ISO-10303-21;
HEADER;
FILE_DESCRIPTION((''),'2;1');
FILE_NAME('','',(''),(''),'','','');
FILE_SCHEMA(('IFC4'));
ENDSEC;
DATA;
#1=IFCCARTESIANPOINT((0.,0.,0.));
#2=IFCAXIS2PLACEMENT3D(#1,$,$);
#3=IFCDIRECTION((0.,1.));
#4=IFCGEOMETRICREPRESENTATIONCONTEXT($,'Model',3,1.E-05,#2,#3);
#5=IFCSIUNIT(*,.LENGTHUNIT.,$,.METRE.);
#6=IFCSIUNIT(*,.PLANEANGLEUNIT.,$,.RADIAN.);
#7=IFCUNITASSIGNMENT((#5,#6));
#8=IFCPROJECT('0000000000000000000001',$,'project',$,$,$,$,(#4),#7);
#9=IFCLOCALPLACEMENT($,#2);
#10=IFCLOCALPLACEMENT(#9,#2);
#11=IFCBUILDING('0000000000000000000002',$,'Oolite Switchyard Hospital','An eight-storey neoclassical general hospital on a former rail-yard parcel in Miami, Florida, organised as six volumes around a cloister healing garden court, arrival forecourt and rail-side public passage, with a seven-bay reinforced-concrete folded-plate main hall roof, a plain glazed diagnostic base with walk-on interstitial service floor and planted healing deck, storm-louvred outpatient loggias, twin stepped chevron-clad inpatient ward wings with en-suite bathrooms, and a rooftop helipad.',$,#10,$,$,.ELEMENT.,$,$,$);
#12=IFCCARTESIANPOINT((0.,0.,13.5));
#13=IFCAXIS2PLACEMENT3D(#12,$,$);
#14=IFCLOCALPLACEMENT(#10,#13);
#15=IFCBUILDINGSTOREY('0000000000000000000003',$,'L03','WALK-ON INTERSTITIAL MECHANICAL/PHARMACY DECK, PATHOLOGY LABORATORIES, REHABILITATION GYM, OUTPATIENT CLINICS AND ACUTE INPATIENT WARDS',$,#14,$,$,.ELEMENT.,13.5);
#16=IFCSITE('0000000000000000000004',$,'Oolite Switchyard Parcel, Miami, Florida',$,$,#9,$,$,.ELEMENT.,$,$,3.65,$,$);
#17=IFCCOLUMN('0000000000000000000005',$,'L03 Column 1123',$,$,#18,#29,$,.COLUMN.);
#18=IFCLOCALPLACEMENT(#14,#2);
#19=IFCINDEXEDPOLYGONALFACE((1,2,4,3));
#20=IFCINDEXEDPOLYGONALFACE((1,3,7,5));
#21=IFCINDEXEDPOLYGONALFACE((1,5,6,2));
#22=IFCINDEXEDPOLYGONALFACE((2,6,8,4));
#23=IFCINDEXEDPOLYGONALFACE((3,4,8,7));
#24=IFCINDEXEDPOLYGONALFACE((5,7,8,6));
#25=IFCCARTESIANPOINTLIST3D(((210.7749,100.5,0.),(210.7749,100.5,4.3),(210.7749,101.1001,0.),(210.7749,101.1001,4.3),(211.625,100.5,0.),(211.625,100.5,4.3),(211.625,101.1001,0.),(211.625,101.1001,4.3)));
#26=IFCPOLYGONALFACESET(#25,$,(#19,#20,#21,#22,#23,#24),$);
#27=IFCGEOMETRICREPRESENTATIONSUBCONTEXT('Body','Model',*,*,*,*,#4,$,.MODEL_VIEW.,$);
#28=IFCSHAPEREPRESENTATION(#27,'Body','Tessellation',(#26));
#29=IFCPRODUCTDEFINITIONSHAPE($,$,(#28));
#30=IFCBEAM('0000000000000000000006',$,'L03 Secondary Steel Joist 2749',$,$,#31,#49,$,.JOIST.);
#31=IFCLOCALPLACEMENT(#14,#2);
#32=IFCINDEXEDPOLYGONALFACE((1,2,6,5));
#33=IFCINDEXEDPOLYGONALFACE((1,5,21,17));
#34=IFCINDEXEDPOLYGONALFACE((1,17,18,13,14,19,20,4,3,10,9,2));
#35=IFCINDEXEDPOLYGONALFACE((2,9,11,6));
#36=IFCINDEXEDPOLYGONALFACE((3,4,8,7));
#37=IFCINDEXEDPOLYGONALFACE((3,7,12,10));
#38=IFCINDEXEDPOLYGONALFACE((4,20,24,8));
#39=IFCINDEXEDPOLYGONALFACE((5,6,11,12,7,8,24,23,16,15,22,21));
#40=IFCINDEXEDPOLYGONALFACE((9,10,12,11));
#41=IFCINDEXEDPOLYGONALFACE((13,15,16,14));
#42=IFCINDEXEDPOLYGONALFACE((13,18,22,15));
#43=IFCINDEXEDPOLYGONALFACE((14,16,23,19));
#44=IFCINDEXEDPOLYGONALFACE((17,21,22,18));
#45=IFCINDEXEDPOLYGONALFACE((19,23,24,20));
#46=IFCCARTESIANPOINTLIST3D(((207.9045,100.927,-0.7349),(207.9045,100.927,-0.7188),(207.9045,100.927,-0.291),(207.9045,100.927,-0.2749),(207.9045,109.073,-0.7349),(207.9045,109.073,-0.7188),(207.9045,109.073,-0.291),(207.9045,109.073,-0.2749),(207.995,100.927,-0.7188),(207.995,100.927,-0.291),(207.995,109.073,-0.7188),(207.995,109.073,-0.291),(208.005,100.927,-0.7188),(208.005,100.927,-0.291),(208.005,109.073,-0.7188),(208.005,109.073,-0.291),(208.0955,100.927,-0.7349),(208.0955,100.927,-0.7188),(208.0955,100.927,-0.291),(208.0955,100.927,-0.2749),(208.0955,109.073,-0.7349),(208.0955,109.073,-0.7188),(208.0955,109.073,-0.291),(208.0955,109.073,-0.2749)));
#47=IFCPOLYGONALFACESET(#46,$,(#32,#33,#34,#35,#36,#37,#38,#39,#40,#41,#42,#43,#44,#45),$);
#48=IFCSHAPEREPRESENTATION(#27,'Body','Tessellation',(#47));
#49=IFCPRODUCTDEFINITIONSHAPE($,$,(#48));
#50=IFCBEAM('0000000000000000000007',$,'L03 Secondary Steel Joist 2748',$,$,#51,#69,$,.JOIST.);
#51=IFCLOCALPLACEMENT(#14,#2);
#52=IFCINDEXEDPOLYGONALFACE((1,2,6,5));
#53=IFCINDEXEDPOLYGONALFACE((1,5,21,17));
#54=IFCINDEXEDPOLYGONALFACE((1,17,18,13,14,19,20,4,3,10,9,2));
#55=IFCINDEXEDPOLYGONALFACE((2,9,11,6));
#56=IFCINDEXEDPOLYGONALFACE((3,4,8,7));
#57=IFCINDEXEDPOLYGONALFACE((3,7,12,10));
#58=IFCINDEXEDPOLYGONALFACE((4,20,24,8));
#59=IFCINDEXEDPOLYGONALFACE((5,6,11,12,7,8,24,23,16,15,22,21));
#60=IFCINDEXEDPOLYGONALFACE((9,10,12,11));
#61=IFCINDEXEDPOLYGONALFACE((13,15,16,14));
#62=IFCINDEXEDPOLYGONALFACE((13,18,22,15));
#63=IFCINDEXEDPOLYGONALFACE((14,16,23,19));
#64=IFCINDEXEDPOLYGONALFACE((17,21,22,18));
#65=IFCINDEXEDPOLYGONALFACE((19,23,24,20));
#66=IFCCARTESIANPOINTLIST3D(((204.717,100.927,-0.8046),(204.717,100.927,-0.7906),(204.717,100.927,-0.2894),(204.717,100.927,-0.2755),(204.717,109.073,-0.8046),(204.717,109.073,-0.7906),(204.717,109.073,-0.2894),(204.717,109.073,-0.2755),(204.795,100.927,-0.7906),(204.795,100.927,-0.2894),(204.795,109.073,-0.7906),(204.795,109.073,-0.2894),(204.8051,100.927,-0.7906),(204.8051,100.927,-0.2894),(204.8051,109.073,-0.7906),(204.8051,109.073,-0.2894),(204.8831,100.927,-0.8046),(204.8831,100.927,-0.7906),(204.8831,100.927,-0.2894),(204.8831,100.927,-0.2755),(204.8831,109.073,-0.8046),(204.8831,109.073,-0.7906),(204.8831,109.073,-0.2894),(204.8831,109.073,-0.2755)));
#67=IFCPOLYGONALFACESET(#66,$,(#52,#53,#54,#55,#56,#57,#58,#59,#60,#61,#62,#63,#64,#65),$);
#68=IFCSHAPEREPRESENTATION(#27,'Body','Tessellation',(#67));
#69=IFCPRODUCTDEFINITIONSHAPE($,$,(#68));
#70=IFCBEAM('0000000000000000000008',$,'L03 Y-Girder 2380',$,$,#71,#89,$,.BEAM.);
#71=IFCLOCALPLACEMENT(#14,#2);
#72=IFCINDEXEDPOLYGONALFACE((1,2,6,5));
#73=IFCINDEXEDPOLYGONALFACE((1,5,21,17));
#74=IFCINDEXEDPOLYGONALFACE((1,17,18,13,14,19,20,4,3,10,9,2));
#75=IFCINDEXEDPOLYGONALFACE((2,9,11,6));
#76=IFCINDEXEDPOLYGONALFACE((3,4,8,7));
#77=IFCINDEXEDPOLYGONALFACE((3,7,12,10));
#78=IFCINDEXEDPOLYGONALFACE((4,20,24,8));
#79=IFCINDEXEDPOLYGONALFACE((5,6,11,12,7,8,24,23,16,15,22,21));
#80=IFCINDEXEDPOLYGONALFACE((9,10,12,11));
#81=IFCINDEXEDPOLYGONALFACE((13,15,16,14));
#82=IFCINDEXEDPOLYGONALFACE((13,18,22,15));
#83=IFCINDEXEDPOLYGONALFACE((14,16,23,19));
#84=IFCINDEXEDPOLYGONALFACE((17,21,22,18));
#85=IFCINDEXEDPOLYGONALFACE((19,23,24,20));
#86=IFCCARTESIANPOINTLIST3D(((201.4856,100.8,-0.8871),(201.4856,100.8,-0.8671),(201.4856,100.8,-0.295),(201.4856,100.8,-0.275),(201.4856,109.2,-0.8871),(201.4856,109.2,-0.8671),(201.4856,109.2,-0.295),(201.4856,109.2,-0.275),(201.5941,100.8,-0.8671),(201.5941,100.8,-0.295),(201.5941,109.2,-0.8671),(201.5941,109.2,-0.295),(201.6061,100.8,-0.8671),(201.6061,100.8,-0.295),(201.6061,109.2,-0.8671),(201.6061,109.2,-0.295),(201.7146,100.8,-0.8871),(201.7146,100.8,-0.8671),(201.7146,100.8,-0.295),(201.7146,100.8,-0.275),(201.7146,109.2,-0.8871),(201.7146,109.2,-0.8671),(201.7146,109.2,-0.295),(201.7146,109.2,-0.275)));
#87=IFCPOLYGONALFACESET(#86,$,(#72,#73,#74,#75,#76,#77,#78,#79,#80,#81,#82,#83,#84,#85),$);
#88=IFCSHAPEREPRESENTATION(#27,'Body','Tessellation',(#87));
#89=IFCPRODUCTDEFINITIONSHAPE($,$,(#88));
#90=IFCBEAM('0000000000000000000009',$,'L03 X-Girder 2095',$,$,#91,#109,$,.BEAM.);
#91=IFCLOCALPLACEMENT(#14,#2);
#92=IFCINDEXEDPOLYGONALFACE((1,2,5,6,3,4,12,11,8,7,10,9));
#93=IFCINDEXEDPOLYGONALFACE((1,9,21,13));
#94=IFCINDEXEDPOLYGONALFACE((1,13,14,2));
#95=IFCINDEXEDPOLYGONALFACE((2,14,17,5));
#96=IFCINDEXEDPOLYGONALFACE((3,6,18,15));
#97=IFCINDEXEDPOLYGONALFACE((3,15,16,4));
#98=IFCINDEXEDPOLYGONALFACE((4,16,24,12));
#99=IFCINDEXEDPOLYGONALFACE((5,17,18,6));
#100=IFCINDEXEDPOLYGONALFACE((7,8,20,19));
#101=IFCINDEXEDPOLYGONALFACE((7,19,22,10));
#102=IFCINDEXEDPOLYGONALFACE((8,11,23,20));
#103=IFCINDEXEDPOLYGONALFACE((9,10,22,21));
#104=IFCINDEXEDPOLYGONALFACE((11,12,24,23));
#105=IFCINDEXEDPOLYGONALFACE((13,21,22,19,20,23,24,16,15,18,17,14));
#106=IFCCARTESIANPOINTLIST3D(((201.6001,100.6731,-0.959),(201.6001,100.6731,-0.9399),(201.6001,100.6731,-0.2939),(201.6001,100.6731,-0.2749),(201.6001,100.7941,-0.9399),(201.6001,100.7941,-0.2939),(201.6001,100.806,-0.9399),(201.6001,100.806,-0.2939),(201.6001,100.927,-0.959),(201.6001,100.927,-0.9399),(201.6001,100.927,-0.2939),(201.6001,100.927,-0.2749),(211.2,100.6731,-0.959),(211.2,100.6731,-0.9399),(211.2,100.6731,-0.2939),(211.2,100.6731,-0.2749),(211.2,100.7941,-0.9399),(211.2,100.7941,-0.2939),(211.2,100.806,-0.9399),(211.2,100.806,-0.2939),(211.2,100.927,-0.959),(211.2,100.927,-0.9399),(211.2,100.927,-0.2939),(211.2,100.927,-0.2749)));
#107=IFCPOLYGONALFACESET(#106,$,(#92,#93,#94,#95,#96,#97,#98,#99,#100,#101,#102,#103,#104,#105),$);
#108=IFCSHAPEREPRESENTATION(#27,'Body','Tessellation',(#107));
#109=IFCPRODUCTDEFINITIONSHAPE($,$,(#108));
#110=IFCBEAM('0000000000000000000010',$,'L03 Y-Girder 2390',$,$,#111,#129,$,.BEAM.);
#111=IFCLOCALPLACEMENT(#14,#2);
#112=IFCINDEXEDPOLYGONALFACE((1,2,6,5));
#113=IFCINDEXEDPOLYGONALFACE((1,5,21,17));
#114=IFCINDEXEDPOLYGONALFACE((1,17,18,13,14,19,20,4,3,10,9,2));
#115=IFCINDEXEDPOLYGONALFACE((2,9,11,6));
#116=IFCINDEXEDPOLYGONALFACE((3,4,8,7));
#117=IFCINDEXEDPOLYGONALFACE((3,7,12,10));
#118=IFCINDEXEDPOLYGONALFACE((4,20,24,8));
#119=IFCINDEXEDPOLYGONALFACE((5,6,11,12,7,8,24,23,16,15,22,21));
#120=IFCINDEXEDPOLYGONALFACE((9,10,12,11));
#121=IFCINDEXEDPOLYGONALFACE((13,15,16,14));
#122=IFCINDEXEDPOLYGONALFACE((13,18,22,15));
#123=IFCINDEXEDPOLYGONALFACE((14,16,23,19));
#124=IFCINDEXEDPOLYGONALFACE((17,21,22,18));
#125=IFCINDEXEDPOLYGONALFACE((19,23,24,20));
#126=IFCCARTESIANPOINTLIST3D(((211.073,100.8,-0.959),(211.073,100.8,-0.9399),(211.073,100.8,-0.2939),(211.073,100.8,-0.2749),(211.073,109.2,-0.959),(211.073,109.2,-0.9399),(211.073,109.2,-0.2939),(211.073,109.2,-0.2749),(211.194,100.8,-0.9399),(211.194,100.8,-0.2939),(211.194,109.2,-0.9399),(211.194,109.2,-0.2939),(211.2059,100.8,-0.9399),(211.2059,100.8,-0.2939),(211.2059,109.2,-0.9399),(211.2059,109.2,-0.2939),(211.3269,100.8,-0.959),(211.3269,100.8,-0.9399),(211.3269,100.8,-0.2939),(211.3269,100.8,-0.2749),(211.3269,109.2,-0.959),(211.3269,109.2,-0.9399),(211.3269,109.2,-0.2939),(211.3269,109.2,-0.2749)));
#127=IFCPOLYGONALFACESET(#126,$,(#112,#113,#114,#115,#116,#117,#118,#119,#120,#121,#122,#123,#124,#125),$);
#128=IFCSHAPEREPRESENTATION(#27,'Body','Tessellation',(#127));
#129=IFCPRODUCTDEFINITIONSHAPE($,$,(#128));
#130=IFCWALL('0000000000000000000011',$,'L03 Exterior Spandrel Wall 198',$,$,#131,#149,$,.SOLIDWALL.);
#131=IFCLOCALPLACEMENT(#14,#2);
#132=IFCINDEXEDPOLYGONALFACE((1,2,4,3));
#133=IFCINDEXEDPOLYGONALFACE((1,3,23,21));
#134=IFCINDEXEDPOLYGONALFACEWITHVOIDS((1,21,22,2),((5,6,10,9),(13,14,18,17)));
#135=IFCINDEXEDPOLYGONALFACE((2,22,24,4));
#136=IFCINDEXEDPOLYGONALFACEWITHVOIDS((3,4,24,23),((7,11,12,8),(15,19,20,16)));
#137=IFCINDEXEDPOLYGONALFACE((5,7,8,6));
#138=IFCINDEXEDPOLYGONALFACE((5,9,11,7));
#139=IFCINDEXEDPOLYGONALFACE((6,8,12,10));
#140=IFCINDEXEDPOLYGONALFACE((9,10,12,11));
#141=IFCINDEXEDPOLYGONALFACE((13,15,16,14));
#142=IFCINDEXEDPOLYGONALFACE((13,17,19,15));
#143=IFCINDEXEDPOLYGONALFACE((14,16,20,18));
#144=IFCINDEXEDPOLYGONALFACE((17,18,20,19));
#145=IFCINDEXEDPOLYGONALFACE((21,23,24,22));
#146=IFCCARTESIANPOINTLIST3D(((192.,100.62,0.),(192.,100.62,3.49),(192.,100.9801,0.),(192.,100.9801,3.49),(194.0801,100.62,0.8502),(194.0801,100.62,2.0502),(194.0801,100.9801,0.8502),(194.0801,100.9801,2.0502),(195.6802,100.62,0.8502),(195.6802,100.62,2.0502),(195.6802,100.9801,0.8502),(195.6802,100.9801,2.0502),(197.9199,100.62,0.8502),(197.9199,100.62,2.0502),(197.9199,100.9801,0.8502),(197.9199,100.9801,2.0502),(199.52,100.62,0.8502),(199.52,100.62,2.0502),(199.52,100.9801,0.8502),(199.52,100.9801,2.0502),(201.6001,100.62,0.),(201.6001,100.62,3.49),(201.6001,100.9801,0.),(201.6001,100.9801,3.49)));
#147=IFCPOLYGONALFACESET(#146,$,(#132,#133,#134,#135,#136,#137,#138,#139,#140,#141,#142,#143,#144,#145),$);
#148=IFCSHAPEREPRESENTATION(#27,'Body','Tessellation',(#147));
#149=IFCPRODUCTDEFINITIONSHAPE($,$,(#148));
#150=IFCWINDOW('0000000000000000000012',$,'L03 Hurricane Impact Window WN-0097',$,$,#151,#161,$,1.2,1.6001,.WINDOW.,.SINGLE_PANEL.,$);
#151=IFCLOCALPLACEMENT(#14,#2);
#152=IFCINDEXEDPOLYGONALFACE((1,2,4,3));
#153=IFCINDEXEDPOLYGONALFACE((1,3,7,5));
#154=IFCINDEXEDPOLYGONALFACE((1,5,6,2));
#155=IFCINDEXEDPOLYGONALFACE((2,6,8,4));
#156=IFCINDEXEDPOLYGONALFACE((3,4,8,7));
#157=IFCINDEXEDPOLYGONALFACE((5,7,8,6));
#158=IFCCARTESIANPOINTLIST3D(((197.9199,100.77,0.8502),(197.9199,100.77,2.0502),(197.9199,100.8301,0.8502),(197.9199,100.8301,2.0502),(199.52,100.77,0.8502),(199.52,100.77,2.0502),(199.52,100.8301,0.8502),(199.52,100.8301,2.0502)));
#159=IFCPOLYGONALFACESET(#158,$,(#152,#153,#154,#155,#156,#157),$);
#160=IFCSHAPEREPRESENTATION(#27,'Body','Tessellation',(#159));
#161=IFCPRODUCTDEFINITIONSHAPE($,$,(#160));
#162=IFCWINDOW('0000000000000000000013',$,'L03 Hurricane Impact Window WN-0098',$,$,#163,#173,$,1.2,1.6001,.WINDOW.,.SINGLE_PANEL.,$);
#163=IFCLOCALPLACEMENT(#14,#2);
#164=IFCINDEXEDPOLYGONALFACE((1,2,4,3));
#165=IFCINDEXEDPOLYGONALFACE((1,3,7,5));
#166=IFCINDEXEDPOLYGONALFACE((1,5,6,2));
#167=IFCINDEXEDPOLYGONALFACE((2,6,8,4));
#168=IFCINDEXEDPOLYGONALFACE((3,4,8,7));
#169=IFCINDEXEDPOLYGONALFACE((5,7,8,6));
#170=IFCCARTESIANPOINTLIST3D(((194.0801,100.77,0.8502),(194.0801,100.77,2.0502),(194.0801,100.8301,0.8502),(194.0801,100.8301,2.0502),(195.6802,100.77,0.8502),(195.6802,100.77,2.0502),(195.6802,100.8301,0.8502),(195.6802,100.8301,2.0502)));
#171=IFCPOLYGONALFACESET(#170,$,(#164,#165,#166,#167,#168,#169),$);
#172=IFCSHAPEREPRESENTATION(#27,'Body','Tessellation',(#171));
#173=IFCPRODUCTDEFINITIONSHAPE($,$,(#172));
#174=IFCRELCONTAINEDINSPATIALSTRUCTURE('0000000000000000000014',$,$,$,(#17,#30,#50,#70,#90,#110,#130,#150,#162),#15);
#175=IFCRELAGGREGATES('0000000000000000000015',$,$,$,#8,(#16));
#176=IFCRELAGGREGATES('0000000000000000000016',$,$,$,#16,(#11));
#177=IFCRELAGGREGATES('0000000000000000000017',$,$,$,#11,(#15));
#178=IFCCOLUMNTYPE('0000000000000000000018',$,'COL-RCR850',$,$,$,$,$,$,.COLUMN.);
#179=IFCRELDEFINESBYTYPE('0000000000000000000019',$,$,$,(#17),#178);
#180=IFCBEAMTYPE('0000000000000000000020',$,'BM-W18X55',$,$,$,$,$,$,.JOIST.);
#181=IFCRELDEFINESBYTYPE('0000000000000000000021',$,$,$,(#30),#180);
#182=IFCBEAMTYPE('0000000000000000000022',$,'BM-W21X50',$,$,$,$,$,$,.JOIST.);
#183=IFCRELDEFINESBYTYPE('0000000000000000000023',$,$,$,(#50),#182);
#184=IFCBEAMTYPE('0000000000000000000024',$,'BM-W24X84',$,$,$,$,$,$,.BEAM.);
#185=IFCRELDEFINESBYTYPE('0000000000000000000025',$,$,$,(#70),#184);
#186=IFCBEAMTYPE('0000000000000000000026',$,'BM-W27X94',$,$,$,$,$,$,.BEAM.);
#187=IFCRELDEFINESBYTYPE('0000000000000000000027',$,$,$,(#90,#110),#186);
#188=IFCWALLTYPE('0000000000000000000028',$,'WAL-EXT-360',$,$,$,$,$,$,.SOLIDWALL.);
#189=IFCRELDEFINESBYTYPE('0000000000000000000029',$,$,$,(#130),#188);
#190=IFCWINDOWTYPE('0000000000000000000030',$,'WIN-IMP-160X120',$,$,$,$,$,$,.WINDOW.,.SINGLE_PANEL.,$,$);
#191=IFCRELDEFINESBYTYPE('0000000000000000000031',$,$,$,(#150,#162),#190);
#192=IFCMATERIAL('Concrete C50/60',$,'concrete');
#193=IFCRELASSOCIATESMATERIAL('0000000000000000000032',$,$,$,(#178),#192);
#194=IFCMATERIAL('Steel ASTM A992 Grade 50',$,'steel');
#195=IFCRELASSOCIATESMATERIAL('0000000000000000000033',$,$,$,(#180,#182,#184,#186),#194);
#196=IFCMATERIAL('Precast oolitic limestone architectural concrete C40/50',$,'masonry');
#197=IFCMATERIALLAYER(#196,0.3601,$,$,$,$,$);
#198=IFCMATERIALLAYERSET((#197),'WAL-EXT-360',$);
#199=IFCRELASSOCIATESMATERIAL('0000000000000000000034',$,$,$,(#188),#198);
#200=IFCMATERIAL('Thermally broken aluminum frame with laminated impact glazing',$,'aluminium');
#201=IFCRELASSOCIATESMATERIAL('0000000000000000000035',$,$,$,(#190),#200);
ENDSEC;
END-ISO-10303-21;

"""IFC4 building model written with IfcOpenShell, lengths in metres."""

from ifc_helpers import new_model, si_unit, direction, frame, frame_2d, origin, origin_2d, place, context, subcontext, project, spatial, rectangle, i_section, extrude, material, layer, layer_set, material_profile, profile_set, type_object, element, fill, save


model = new_model("IFC4")

# Units and contexts
model_context = context("Model", 3, precision=1e-05, world=origin(), true_north=direction((0.0, 1.0)))
body_context = subcontext(model_context, "Body", "Model", "MODEL_VIEW")
ifc_project = project(units=[si_unit("LENGTHUNIT", "METRE"), si_unit("PLANEANGLEUNIT", "RADIAN")], contexts=[model_context])

# Site, building, storey
site_placement = place(None, origin())
site = spatial("IfcSite", under=ifc_project, at=site_placement, Name="Oolite Switchyard Parcel, Miami, Florida", CompositionType="ELEMENT", RefElevation=3.65)
building_placement = place(site_placement, origin())
building = spatial("IfcBuilding", under=site, at=building_placement, Name="Oolite Switchyard Hospital", Description="An eight-storey neoclassical general hospital on a former rail-yard parcel in Miami, Florida, organised as six volumes around a cloister healing garden court, arrival forecourt and rail-side public passage, with a seven-bay reinforced-concrete folded-plate main hall roof, a plain glazed diagnostic base with walk-on interstitial service floor and planted healing deck, storm-louvred outpatient loggias, twin stepped chevron-clad inpatient ward wings with en-suite bathrooms, and a rooftop helipad.", CompositionType="ELEMENT")
storey_placement = place(building_placement, frame((0.0, 0.0, 13.5)))
storey = spatial("IfcBuildingStorey", under=building, at=storey_placement, Name="L03", Description="WALK-ON INTERSTITIAL MECHANICAL/PHARMACY DECK, PATHOLOGY LABORATORIES, REHABILITATION GYM, OUTPATIENT CLINICS AND ACUTE INPATIENT WARDS", CompositionType="ELEMENT", Elevation=13.5)

# Column
ifc_material_1 = material(Name="Concrete C50/60", Category="concrete")
ifc_material_profile_1 = material_profile(ifc_material_1, rectangle(XDim=0.8501, YDim=0.6001, at=origin_2d()), Name="RC850X600")
ifc_profile_set_1 = profile_set([ifc_material_profile_1], Name="Concrete C50/60")
column_type = type_object("IfcColumnType", Name="COL-RCR850", PredefinedType="COLUMN", material=ifc_profile_set_1)
column_placement = place(storey_placement, frame((211.2, 100.8, 0.0), z_axis=(0.0, 0.0, 1.0), x_axis=(1.0, 0.0, 0.0)))
element("IfcColumn", 1, at=column_placement, inside=storey, type_object=column_type, Name="L03 Column 1123", PredefinedType="COLUMN", context=body_context, shape_type="SweptSolid", body=[
    extrude(rectangle(XDim=0.8501, YDim=0.6001, at=origin_2d()), origin(), (0.0, 0.0, 1.0), 4.3),
])

# Beams
ifc_material_2 = material(Name="Steel ASTM A992 Grade 50", Category="steel")
ifc_material_profile_2 = material_profile(ifc_material_2, i_section(OverallWidth=0.1909, OverallDepth=0.46, WebThickness=0.01, FlangeThickness=0.0161, at=origin_2d()), Name="W18X55")
ifc_profile_set_2 = profile_set([ifc_material_profile_2], Name="Steel ASTM A992 Grade 50")
beam_type_1 = type_object("IfcBeamType", Name="BM-W18X55", PredefinedType="JOIST", material=ifc_profile_set_2)
beam_1_placement = place(storey_placement, frame((208.0, 100.927, -0.5049), z_axis=(0.0, 1.0, 0.0), x_axis=(-1.0, 0.0, 0.0)))
element("IfcBeam", 2, at=beam_1_placement, inside=storey, type_object=beam_type_1, Name="L03 Secondary Steel Joist 2749", PredefinedType="JOIST", context=body_context, shape_type="SweptSolid", body=[
    extrude(i_section(OverallWidth=0.1909, OverallDepth=0.46, WebThickness=0.01, FlangeThickness=0.0161, at=origin_2d()), origin(), (0.0, 0.0, 1.0), 8.146),
])
ifc_material_profile_3 = material_profile(ifc_material_2, i_section(OverallWidth=0.166, OverallDepth=0.5291, WebThickness=0.01, FlangeThickness=0.0139, at=origin_2d()), Name="W21X50")
ifc_profile_set_3 = profile_set([ifc_material_profile_3], Name="Steel ASTM A992 Grade 50")
beam_type_2 = type_object("IfcBeamType", Name="BM-W21X50", PredefinedType="JOIST", material=ifc_profile_set_3)
beam_2_placement = place(storey_placement, frame((204.8, 100.927, -0.54), z_axis=(0.0, 1.0, 0.0), x_axis=(-1.0, 0.0, 0.0)))
element("IfcBeam", 3, at=beam_2_placement, inside=storey, type_object=beam_type_2, Name="L03 Secondary Steel Joist 2748", PredefinedType="JOIST", context=body_context, shape_type="SweptSolid", body=[
    extrude(i_section(OverallWidth=0.166, OverallDepth=0.5291, WebThickness=0.01, FlangeThickness=0.0139, at=origin_2d()), origin(), (0.0, 0.0, 1.0), 8.146),
])
ifc_material_profile_4 = material_profile(ifc_material_2, i_section(OverallWidth=0.229, OverallDepth=0.6121, WebThickness=0.012, FlangeThickness=0.02, at=origin_2d()), Name="W24X84")
ifc_profile_set_4 = profile_set([ifc_material_profile_4], Name="Steel ASTM A992 Grade 50")
beam_type_3 = type_object("IfcBeamType", Name="BM-W24X84", PredefinedType="BEAM", material=ifc_profile_set_4)
beam_3_placement = place(storey_placement, frame((201.6001, 100.8, -0.5811), z_axis=(0.0, 1.0, 0.0), x_axis=(-1.0, 0.0, 0.0)))
element("IfcBeam", 4, at=beam_3_placement, inside=storey, type_object=beam_type_3, Name="L03 Y-Girder 2380", PredefinedType="BEAM", context=body_context, shape_type="SweptSolid", body=[
    extrude(i_section(OverallWidth=0.229, OverallDepth=0.6121, WebThickness=0.012, FlangeThickness=0.02, at=origin_2d()), origin(), (0.0, 0.0, 1.0), 8.3999),
])
ifc_material_profile_5 = material_profile(ifc_material_2, i_section(OverallWidth=0.2539, OverallDepth=0.6841, WebThickness=0.012, FlangeThickness=0.019, at=origin_2d()), Name="W27X94")
ifc_profile_set_5 = profile_set([ifc_material_profile_5], Name="Steel ASTM A992 Grade 50")
beam_type_4 = type_object("IfcBeamType", Name="BM-W27X94", PredefinedType="BEAM", material=ifc_profile_set_5)
beam_4_placement = place(storey_placement, frame((201.6001, 100.8, -0.6169), z_axis=(1.0, 0.0, 0.0), x_axis=(0.0, 1.0, 0.0)))
element("IfcBeam", 5, at=beam_4_placement, inside=storey, type_object=beam_type_4, Name="L03 X-Girder 2095", PredefinedType="BEAM", context=body_context, shape_type="SweptSolid", body=[
    extrude(i_section(OverallWidth=0.2539, OverallDepth=0.6841, WebThickness=0.012, FlangeThickness=0.019, at=origin_2d()), origin(), (0.0, 0.0, 1.0), 9.5999),
])
beam_5_placement = place(storey_placement, frame((211.2, 100.8, -0.6169), z_axis=(0.0, 1.0, 0.0), x_axis=(-1.0, 0.0, 0.0)))
element("IfcBeam", 6, at=beam_5_placement, inside=storey, type_object=beam_type_4, Name="L03 Y-Girder 2390", PredefinedType="BEAM", context=body_context, shape_type="SweptSolid", body=[
    extrude(i_section(OverallWidth=0.2539, OverallDepth=0.6841, WebThickness=0.012, FlangeThickness=0.019, at=origin_2d()), origin(), (0.0, 0.0, 1.0), 8.3999),
])

# Wall, openings, windows
ifc_material_3 = material(Name="Precast oolitic limestone architectural concrete C40/50", Category="masonry")
ifc_layer_1 = layer(ifc_material_3, 0.3601)
ifc_layer_set_1 = layer_set([ifc_layer_1], Name="WAL-EXT-360")
wall_type_1 = type_object("IfcWallType", Name="WAL-EXT-360", PredefinedType="SOLIDWALL", material=ifc_layer_set_1)
wall_1_placement = place(storey_placement, frame((201.6001, 100.8, 0.0), z_axis=(0.0, 0.0, 1.0), x_axis=(-1.0, 0.0, 0.0)))
wall_1 = element("IfcWall", 7, at=wall_1_placement, inside=storey, type_object=wall_type_1, Name="L03 Exterior Spandrel Wall 198", PredefinedType="SOLIDWALL", context=body_context, shape_type="SweptSolid", body=[
    extrude(rectangle(XDim=9.6001, YDim=0.3601, at=frame_2d((4.8, 0.0))), origin(), (0.0, 0.0, 1.0), 3.49),
])
opening_1_placement = place(wall_1_placement, frame((2.0801, 0.0, 0.8501)))
opening_1 = element("IfcOpeningElement", 8, at=opening_1_placement, cuts=wall_1, PredefinedType="OPENING", context=body_context, shape_type="SweptSolid", body=[
    extrude(rectangle(XDim=1.6001, YDim=1.2, at=frame_2d((0.8, 0.6001))), frame((0.0, 0.1899, 0.0), z_axis=(0.0, -1.0, 0.0), x_axis=(1.0, 0.0, 0.0)), (0.0, 0.0, 1.0), 0.3801),
])
opening_2_placement = place(wall_1_placement, frame((5.9199, 0.0, 0.8501)))
opening_2 = element("IfcOpeningElement", 9, at=opening_2_placement, cuts=wall_1, PredefinedType="OPENING", context=body_context, shape_type="SweptSolid", body=[
    extrude(rectangle(XDim=1.6001, YDim=1.2, at=frame_2d((0.8, 0.6001))), frame((0.0, 0.1899, 0.0), z_axis=(0.0, -1.0, 0.0), x_axis=(1.0, 0.0, 0.0)), (0.0, 0.0, 1.0), 0.3801),
])
ifc_material_4 = material(Name="Thermally broken aluminum frame with laminated impact glazing", Category="aluminium")
window_type_1 = type_object("IfcWindowType", Name="WIN-IMP-160X120", PartitioningType="SINGLE_PANEL", PredefinedType="WINDOW", material=ifc_material_4)
window_1_placement = place(opening_1_placement, origin())
window_1 = element("IfcWindow", 10, at=window_1_placement, inside=storey, type_object=window_type_1, Name="L03 Hurricane Impact Window WN-0097", OverallHeight=1.2, OverallWidth=1.6001, PartitioningType="SINGLE_PANEL", PredefinedType="WINDOW", context=body_context, shape_type="SweptSolid", body=[
    extrude(rectangle(XDim=1.6001, YDim=1.2, at=frame_2d((0.8, 0.6001))), frame((0.0, 0.03, 0.0), z_axis=(0.0, -1.0, 0.0), x_axis=(1.0, 0.0, 0.0)), (0.0, 0.0, 1.0), 0.0601),
])
fill(opening_1, window_1)
window_2_placement = place(opening_2_placement, origin())
window_2 = element("IfcWindow", 11, at=window_2_placement, inside=storey, type_object=window_type_1, Name="L03 Hurricane Impact Window WN-0098", OverallHeight=1.2, OverallWidth=1.6001, PartitioningType="SINGLE_PANEL", PredefinedType="WINDOW", context=body_context, shape_type="SweptSolid", body=[
    extrude(rectangle(XDim=1.6001, YDim=1.2, at=frame_2d((0.8, 0.6001))), frame((0.0, 0.03, 0.0), z_axis=(0.0, -1.0, 0.0), x_axis=(1.0, 0.0, 0.0)), (0.0, 0.0, 1.0), 0.0601),
])
fill(opening_2, window_2)

save(model, "model.ifc")
